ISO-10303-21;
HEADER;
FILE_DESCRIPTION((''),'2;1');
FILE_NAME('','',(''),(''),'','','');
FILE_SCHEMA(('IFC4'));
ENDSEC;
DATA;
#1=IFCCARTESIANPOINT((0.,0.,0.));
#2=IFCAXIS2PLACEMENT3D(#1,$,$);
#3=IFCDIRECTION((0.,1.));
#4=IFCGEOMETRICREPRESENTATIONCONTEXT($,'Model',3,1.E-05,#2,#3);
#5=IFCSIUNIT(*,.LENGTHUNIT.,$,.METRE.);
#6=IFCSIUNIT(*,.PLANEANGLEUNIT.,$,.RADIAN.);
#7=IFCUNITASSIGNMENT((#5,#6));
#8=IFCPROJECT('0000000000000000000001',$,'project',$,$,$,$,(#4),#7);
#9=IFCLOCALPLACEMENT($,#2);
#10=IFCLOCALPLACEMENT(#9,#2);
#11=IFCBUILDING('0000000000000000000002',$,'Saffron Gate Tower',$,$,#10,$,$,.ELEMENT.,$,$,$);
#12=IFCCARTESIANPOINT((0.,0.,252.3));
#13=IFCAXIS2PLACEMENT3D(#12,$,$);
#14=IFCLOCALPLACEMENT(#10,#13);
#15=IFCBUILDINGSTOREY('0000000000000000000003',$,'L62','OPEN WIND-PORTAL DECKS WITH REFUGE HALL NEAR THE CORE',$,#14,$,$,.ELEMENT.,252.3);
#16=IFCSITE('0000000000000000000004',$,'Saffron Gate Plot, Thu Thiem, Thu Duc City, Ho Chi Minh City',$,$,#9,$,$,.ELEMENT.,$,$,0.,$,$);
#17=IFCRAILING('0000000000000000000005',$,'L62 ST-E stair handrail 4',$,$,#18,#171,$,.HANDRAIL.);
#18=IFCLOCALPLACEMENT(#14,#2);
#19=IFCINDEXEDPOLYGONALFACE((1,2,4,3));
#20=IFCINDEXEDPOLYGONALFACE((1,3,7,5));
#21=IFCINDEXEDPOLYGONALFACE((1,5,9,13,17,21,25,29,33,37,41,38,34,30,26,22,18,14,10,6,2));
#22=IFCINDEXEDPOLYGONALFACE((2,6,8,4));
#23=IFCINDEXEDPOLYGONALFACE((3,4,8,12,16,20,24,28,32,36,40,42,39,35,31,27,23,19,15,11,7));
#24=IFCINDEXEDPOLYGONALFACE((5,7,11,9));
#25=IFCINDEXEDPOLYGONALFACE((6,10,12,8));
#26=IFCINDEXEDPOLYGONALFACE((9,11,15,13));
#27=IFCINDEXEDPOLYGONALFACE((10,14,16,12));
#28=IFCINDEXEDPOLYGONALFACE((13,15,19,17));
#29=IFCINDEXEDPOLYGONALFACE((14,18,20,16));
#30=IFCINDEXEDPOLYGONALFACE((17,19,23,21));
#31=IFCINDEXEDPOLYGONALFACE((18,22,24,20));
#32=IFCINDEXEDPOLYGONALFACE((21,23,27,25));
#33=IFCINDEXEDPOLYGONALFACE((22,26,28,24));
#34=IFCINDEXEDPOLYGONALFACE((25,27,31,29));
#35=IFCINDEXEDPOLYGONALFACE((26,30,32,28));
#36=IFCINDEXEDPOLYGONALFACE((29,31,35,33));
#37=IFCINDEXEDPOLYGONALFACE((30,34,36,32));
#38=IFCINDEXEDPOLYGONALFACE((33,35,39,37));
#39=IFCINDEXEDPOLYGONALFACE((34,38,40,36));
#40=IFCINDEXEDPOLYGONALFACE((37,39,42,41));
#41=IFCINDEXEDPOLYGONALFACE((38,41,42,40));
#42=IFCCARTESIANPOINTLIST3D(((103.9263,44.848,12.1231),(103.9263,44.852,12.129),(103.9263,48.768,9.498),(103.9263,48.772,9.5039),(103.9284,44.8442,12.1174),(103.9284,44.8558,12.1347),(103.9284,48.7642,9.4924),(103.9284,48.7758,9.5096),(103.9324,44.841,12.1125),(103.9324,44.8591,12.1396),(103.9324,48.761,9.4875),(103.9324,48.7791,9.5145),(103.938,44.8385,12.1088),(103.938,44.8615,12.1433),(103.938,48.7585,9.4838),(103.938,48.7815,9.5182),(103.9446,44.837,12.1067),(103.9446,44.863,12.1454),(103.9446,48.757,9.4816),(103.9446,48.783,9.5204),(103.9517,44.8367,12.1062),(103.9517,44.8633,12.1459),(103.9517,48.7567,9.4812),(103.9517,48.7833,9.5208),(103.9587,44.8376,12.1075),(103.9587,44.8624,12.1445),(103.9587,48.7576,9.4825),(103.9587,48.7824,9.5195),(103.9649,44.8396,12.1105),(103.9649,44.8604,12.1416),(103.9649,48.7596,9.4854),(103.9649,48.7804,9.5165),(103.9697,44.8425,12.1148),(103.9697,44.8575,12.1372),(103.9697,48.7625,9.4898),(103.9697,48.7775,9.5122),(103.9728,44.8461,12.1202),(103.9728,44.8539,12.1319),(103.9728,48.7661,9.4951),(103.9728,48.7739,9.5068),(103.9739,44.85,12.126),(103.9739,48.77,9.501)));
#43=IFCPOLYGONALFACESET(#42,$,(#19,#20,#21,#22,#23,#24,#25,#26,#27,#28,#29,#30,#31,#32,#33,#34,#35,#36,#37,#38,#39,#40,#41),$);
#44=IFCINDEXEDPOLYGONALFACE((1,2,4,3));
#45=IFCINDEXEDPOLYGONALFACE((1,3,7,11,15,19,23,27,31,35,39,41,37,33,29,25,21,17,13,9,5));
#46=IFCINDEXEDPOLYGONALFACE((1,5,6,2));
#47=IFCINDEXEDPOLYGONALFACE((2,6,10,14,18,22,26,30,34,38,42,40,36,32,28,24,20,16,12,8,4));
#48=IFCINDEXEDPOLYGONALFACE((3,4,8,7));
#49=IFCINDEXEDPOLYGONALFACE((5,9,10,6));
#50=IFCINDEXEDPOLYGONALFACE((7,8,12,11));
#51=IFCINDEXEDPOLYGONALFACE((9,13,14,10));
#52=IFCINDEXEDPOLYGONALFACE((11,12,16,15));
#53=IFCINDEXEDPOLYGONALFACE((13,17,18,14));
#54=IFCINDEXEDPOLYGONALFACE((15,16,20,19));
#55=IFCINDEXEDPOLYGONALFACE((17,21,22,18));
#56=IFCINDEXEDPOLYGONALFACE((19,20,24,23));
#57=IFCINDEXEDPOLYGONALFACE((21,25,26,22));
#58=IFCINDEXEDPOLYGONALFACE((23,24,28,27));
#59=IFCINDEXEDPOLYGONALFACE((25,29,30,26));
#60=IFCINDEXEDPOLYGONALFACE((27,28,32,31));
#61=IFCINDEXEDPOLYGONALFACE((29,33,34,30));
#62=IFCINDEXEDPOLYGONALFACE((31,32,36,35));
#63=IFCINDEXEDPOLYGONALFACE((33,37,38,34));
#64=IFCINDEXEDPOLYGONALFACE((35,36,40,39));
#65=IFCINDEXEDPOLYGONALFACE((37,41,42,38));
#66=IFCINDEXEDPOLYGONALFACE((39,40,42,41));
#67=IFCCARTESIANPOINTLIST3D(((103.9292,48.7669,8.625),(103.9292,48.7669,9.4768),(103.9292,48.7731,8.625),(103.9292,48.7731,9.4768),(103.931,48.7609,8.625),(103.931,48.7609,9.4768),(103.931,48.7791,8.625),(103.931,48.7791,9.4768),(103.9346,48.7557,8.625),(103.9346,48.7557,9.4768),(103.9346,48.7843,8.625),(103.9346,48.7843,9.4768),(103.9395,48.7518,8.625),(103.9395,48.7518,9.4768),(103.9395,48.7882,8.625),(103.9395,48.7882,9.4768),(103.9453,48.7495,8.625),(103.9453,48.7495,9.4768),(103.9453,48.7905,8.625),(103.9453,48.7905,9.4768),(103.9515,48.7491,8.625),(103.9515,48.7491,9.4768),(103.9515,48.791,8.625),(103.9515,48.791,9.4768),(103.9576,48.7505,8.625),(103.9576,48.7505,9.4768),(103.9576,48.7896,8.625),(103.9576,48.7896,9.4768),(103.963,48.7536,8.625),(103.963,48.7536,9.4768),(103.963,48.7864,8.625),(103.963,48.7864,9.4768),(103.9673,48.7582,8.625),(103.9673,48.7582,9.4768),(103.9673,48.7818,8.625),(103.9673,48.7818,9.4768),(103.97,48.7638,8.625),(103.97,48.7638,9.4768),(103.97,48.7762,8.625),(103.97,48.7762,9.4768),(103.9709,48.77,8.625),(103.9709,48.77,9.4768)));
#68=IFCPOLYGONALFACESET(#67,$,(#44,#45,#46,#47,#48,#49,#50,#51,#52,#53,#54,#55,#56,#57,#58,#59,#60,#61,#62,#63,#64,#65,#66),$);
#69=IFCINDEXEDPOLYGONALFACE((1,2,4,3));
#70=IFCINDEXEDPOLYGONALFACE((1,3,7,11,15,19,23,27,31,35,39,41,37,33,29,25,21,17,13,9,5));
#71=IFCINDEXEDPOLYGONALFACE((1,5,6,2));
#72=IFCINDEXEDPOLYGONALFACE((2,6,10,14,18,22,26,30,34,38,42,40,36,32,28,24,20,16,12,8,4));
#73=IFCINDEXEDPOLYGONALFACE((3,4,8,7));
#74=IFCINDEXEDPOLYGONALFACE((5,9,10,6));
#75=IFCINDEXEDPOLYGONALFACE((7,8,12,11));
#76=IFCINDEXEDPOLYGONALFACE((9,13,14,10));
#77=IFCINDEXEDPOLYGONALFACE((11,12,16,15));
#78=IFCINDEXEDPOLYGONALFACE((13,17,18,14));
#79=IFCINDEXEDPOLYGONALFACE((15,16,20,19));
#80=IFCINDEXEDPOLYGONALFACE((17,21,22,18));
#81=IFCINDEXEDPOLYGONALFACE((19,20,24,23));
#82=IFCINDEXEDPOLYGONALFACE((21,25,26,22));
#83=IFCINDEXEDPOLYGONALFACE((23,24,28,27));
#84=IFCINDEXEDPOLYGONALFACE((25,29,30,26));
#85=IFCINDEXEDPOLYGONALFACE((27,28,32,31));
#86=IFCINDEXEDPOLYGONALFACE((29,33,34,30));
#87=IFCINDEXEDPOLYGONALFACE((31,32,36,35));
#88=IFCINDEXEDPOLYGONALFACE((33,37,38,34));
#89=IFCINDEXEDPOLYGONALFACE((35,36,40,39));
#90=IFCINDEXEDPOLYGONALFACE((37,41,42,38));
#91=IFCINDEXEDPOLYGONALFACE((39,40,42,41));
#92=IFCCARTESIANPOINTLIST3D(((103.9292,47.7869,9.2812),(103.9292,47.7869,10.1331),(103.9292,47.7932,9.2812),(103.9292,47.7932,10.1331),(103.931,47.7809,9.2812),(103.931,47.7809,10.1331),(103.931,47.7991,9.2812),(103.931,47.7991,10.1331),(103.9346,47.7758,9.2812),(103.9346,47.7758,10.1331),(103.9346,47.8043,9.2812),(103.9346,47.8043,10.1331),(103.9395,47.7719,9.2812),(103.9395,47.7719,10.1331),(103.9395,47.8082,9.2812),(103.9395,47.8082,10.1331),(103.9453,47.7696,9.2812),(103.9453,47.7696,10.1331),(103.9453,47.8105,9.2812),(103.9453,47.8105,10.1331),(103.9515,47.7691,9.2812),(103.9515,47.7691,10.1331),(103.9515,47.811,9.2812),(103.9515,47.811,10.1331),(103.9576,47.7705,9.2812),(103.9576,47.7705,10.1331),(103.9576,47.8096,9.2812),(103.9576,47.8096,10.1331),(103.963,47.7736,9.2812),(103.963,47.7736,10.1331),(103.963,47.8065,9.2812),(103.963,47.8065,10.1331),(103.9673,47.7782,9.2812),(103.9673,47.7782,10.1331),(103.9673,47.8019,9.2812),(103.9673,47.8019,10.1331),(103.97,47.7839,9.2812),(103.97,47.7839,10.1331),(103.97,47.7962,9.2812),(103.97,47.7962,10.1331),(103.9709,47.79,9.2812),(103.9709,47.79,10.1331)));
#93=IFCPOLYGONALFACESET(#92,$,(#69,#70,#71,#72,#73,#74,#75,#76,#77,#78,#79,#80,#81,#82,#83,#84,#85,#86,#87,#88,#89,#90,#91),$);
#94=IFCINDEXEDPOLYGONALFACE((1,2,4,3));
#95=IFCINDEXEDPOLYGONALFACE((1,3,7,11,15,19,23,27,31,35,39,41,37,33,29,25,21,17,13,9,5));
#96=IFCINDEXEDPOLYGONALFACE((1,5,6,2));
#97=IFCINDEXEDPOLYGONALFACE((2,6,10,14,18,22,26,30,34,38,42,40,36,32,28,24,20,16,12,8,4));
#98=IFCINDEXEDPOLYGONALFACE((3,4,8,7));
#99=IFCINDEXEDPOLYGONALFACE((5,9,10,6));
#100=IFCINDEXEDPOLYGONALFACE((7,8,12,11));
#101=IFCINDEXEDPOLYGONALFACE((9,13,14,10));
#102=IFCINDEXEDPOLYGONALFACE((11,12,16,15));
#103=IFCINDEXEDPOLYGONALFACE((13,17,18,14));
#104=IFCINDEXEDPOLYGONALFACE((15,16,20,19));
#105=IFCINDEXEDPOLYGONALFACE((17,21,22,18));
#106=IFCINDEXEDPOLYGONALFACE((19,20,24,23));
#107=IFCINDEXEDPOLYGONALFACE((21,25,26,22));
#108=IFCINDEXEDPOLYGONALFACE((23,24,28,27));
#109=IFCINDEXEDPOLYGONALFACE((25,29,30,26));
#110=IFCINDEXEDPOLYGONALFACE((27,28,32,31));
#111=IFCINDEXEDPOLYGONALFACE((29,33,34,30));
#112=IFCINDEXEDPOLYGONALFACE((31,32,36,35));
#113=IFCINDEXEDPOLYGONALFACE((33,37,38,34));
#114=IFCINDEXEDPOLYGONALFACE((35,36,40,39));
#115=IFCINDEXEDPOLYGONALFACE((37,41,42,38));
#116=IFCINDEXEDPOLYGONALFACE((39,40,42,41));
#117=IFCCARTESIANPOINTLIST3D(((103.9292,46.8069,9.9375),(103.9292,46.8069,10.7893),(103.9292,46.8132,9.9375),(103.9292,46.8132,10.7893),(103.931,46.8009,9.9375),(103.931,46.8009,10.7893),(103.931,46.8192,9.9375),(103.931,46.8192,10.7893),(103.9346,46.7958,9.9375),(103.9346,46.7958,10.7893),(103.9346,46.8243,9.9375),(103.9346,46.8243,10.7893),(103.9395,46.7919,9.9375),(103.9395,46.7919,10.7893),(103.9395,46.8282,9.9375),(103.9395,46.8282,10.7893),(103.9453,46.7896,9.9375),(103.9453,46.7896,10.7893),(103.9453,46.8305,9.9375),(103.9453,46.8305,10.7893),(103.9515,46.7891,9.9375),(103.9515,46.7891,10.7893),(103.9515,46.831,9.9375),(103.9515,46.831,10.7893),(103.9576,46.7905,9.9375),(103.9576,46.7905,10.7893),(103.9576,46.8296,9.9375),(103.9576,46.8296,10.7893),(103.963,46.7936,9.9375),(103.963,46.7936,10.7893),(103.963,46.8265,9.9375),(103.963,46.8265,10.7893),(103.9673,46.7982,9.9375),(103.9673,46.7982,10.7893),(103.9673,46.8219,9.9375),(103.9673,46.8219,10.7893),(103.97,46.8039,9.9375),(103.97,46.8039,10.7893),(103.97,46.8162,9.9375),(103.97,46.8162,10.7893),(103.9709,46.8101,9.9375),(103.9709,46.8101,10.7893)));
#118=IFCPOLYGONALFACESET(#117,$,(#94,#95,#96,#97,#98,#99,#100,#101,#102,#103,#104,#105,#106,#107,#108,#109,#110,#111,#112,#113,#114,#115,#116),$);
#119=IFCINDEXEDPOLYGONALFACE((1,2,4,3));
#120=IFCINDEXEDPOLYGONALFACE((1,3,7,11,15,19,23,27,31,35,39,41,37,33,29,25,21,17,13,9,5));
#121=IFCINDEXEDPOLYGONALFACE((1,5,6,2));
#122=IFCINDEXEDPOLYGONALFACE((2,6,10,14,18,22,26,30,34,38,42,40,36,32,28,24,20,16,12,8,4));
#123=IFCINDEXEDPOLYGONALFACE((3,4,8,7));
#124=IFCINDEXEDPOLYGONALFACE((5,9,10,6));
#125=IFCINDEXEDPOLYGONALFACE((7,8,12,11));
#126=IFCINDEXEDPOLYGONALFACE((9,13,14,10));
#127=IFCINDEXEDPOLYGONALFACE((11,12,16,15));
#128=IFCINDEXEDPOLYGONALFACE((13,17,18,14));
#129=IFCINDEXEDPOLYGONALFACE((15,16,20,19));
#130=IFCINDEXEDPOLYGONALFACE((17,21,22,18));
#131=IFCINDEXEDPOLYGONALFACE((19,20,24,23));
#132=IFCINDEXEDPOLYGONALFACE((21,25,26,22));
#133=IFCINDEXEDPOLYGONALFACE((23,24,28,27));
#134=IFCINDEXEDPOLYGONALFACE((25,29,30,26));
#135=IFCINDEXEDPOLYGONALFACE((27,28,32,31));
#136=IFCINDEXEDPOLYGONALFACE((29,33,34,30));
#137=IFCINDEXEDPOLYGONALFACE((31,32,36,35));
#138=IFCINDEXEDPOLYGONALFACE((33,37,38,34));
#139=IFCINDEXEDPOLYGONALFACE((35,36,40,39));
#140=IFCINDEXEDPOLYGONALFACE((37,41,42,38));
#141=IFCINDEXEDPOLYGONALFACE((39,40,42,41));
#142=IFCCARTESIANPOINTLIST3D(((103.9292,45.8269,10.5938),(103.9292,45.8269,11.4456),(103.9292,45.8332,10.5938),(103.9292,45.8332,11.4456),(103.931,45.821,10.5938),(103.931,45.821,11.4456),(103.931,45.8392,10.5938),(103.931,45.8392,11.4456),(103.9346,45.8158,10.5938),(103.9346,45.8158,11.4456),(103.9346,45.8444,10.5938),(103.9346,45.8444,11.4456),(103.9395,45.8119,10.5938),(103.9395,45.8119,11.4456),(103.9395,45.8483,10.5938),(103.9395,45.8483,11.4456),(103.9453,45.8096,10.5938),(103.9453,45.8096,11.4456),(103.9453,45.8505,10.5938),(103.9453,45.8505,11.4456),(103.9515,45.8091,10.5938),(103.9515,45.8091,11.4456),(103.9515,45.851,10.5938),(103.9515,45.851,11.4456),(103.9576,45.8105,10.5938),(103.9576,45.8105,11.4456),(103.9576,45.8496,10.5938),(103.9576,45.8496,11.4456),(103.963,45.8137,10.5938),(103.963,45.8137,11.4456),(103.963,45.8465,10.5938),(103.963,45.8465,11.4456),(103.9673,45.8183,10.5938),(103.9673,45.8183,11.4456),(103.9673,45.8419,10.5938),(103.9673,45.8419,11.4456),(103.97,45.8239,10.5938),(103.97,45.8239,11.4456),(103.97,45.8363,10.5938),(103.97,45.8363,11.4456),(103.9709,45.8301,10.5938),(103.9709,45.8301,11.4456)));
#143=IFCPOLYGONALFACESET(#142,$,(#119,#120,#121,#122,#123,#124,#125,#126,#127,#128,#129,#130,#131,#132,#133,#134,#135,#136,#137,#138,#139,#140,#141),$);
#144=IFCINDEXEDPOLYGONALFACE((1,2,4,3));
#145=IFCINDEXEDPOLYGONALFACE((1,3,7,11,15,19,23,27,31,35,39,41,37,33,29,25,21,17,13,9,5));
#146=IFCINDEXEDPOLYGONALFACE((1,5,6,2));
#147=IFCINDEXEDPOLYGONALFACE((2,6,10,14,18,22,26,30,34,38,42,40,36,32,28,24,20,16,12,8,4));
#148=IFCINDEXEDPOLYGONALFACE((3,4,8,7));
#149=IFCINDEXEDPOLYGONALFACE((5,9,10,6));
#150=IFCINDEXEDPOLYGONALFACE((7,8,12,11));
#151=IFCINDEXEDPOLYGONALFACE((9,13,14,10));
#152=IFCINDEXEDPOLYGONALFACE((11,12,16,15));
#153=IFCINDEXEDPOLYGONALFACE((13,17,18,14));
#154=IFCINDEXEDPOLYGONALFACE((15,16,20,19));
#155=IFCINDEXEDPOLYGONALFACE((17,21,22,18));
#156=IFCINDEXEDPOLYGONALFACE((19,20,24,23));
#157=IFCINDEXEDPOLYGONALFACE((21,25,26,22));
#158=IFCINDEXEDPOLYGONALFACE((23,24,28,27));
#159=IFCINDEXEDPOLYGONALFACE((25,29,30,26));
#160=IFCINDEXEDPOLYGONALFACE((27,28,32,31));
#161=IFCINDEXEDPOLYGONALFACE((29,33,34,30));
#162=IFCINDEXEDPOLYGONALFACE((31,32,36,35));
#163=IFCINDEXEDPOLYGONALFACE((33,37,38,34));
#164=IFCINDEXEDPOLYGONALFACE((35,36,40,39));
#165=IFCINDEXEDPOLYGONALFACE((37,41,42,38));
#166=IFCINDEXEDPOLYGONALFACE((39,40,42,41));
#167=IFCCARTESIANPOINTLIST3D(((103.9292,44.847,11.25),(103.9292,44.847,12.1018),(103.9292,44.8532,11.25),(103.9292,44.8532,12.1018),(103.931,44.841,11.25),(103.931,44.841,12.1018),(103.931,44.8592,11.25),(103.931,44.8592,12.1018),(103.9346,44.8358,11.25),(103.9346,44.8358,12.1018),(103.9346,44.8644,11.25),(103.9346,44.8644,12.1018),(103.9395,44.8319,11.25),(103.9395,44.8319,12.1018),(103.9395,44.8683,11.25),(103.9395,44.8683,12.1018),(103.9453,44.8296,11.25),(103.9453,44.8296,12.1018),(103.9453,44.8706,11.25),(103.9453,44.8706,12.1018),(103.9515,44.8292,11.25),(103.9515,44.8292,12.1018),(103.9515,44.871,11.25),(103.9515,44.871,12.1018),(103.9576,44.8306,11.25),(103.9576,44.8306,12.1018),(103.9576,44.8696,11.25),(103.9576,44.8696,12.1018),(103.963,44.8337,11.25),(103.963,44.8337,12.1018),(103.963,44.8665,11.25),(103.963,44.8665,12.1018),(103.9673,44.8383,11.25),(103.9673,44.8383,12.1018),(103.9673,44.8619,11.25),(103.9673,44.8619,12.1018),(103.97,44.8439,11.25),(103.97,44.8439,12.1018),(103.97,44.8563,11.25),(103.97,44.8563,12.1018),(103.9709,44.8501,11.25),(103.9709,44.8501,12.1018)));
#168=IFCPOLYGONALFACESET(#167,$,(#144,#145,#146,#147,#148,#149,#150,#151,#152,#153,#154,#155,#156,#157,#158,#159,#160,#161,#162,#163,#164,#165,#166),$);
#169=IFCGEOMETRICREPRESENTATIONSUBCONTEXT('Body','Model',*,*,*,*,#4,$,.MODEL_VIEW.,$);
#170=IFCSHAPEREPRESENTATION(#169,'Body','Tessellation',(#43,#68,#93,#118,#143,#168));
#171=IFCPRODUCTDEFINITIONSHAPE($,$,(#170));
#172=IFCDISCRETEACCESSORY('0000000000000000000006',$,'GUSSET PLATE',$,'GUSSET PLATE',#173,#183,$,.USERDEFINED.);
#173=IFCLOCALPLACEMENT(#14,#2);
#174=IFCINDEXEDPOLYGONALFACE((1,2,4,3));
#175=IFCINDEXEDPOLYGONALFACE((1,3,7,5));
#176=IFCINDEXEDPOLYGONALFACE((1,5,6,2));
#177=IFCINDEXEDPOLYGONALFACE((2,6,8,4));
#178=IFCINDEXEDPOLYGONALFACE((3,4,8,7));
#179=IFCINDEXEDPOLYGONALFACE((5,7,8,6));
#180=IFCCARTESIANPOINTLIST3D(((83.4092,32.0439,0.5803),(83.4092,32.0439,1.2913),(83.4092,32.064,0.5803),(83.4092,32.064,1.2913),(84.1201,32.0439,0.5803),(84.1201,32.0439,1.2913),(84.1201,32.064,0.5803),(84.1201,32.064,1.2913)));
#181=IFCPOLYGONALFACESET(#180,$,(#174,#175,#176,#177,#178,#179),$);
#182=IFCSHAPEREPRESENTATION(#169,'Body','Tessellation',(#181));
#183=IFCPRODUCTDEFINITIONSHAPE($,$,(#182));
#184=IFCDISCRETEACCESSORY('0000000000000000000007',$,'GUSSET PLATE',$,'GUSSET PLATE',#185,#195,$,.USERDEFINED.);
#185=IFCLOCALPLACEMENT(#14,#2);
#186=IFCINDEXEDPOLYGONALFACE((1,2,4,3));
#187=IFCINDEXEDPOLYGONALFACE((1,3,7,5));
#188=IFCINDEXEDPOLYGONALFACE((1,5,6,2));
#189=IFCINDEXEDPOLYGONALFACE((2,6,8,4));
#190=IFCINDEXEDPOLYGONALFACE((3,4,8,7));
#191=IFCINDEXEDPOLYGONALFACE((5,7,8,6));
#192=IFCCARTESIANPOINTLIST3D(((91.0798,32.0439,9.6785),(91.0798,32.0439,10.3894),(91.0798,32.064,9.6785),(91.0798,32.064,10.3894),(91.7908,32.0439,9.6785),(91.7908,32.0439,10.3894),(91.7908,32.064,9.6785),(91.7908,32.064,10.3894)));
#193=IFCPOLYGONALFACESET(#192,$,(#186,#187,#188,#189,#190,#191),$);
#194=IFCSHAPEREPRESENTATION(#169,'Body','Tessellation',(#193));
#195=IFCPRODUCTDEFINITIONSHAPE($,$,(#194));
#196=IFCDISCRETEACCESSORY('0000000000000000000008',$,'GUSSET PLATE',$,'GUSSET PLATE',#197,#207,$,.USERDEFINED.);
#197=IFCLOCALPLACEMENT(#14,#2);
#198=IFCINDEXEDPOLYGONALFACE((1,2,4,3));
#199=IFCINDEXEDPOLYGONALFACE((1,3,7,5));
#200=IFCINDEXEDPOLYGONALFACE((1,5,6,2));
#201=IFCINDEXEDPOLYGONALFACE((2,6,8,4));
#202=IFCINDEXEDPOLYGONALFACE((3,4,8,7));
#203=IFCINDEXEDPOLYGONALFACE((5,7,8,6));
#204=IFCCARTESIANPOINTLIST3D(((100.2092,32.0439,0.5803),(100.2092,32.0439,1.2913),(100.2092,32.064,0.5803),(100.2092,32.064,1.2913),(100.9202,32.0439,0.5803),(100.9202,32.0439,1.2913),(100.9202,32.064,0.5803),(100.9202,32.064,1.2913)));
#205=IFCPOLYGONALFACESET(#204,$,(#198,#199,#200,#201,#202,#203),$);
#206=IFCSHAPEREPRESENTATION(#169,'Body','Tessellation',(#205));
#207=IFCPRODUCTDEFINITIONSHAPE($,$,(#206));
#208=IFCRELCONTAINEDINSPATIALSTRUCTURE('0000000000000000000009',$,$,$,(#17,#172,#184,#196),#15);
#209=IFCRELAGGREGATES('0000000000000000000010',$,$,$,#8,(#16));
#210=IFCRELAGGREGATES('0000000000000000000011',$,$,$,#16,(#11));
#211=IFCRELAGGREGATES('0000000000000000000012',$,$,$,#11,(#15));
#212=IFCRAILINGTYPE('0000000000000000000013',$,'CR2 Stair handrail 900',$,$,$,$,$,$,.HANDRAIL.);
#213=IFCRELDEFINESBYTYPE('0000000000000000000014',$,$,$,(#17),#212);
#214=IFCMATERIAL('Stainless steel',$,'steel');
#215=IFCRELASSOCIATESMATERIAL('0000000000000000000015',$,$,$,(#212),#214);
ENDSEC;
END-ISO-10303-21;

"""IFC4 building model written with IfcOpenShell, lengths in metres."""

from ifc_helpers import new_model, si_unit, direction, frame, origin, origin_2d, place, context, subcontext, project, spatial, rectangle, circle, extrude, material, type_object, element, save


model = new_model("IFC4")

# Units and contexts
model_context = context("Model", 3, precision=1e-05, world=origin(), true_north=direction((0.0, 1.0)))
body_context = subcontext(model_context, "Body", "Model", "MODEL_VIEW")
ifc_project = project(units=[si_unit("LENGTHUNIT", "METRE"), si_unit("PLANEANGLEUNIT", "RADIAN")], contexts=[model_context])

# Site, building, storey
site_placement = place(None, origin())
site = spatial("IfcSite", under=ifc_project, at=site_placement, Name="Saffron Gate Plot, Thu Thiem, Thu Duc City, Ho Chi Minh City", CompositionType="ELEMENT", RefElevation=0.0)
building_placement = place(site_placement, origin())
building = spatial("IfcBuilding", under=site, at=building_placement, Name="Saffron Gate Tower", CompositionType="ELEMENT")
storey_placement = place(building_placement, frame((0.0, 0.0, 252.3)))
storey = spatial("IfcBuildingStorey", under=building, at=storey_placement, Name="L62", Description="OPEN WIND-PORTAL DECKS WITH REFUGE HALL NEAR THE CORE", CompositionType="ELEMENT", Elevation=252.3)

# Railing
ifc_material_1 = material(Name="Stainless steel", Category="steel")
railing_type_1 = type_object("IfcRailingType", Name="CR2 Stair handrail 900", PredefinedType="HANDRAIL", material=ifc_material_1)
for number, where, name in (
    (1, (103.95, 48.77, 8.625), "L62 ST-E stair handrail 4"),
):
    element("IfcRailing", number, at=place(storey_placement, frame(where)), inside=storey, type_object=railing_type_1, Name=name, PredefinedType="HANDRAIL", context=body_context, shape_type="SweptSolid", body=[
        extrude(circle(Radius=0.0239, at=origin_2d()), frame((0.0, 0.0, 0.876), z_axis=(0.0, -0.830902, 0.556419), x_axis=(1.0, 0.0, 0.0)), (0.0, 0.0, 1.0), 4.7178),
        extrude(circle(Radius=0.021, at=origin_2d()), origin(), (0.0, 0.0, 1.0), 0.8518),
        extrude(circle(Radius=0.021, at=origin_2d()), frame((0.0, -0.98, 0.6562)), (0.0, 0.0, 1.0), 0.8518),
        extrude(circle(Radius=0.021, at=origin_2d()), frame((0.0, -1.96, 1.3125)), (0.0, 0.0, 1.0), 0.8518),
        extrude(circle(Radius=0.021, at=origin_2d()), frame((0.0, -2.9399, 1.9688)), (0.0, 0.0, 1.0), 0.8518),
        extrude(circle(Radius=0.021, at=origin_2d()), frame((0.0, -3.9199, 2.625)), (0.0, 0.0, 1.0), 0.8518),
    ])

# Discrete accessories
for number, where, z_axis, x_axis, name in (
    (2, (83.7646, 32.054, 0.5803), (0.0, 0.0, 1.0), (1.0, 0.0, 0.0), "GUSSET PLATE"),
    (3, (91.4353, 32.054, 9.6785), (0.0, 0.0, 1.0), (1.0, 0.0, 0.0), "GUSSET PLATE"),
    (4, (100.5647, 32.054, 0.5803), (0.0, 0.0, 1.0), (1.0, 0.0, 0.0), "GUSSET PLATE"),
):
    element("IfcDiscreteAccessory", number, at=place(storey_placement, frame(where, z_axis=z_axis, x_axis=x_axis)), inside=storey, Name=name, ObjectType="GUSSET PLATE", PredefinedType="USERDEFINED", context=body_context, shape_type="SweptSolid", body=[
        extrude(rectangle(XDim=0.7109, YDim=0.02, at=origin_2d()), origin(), (0.0, 0.0, 1.0), 0.7109),
    ])

save(model, "model.ifc")
